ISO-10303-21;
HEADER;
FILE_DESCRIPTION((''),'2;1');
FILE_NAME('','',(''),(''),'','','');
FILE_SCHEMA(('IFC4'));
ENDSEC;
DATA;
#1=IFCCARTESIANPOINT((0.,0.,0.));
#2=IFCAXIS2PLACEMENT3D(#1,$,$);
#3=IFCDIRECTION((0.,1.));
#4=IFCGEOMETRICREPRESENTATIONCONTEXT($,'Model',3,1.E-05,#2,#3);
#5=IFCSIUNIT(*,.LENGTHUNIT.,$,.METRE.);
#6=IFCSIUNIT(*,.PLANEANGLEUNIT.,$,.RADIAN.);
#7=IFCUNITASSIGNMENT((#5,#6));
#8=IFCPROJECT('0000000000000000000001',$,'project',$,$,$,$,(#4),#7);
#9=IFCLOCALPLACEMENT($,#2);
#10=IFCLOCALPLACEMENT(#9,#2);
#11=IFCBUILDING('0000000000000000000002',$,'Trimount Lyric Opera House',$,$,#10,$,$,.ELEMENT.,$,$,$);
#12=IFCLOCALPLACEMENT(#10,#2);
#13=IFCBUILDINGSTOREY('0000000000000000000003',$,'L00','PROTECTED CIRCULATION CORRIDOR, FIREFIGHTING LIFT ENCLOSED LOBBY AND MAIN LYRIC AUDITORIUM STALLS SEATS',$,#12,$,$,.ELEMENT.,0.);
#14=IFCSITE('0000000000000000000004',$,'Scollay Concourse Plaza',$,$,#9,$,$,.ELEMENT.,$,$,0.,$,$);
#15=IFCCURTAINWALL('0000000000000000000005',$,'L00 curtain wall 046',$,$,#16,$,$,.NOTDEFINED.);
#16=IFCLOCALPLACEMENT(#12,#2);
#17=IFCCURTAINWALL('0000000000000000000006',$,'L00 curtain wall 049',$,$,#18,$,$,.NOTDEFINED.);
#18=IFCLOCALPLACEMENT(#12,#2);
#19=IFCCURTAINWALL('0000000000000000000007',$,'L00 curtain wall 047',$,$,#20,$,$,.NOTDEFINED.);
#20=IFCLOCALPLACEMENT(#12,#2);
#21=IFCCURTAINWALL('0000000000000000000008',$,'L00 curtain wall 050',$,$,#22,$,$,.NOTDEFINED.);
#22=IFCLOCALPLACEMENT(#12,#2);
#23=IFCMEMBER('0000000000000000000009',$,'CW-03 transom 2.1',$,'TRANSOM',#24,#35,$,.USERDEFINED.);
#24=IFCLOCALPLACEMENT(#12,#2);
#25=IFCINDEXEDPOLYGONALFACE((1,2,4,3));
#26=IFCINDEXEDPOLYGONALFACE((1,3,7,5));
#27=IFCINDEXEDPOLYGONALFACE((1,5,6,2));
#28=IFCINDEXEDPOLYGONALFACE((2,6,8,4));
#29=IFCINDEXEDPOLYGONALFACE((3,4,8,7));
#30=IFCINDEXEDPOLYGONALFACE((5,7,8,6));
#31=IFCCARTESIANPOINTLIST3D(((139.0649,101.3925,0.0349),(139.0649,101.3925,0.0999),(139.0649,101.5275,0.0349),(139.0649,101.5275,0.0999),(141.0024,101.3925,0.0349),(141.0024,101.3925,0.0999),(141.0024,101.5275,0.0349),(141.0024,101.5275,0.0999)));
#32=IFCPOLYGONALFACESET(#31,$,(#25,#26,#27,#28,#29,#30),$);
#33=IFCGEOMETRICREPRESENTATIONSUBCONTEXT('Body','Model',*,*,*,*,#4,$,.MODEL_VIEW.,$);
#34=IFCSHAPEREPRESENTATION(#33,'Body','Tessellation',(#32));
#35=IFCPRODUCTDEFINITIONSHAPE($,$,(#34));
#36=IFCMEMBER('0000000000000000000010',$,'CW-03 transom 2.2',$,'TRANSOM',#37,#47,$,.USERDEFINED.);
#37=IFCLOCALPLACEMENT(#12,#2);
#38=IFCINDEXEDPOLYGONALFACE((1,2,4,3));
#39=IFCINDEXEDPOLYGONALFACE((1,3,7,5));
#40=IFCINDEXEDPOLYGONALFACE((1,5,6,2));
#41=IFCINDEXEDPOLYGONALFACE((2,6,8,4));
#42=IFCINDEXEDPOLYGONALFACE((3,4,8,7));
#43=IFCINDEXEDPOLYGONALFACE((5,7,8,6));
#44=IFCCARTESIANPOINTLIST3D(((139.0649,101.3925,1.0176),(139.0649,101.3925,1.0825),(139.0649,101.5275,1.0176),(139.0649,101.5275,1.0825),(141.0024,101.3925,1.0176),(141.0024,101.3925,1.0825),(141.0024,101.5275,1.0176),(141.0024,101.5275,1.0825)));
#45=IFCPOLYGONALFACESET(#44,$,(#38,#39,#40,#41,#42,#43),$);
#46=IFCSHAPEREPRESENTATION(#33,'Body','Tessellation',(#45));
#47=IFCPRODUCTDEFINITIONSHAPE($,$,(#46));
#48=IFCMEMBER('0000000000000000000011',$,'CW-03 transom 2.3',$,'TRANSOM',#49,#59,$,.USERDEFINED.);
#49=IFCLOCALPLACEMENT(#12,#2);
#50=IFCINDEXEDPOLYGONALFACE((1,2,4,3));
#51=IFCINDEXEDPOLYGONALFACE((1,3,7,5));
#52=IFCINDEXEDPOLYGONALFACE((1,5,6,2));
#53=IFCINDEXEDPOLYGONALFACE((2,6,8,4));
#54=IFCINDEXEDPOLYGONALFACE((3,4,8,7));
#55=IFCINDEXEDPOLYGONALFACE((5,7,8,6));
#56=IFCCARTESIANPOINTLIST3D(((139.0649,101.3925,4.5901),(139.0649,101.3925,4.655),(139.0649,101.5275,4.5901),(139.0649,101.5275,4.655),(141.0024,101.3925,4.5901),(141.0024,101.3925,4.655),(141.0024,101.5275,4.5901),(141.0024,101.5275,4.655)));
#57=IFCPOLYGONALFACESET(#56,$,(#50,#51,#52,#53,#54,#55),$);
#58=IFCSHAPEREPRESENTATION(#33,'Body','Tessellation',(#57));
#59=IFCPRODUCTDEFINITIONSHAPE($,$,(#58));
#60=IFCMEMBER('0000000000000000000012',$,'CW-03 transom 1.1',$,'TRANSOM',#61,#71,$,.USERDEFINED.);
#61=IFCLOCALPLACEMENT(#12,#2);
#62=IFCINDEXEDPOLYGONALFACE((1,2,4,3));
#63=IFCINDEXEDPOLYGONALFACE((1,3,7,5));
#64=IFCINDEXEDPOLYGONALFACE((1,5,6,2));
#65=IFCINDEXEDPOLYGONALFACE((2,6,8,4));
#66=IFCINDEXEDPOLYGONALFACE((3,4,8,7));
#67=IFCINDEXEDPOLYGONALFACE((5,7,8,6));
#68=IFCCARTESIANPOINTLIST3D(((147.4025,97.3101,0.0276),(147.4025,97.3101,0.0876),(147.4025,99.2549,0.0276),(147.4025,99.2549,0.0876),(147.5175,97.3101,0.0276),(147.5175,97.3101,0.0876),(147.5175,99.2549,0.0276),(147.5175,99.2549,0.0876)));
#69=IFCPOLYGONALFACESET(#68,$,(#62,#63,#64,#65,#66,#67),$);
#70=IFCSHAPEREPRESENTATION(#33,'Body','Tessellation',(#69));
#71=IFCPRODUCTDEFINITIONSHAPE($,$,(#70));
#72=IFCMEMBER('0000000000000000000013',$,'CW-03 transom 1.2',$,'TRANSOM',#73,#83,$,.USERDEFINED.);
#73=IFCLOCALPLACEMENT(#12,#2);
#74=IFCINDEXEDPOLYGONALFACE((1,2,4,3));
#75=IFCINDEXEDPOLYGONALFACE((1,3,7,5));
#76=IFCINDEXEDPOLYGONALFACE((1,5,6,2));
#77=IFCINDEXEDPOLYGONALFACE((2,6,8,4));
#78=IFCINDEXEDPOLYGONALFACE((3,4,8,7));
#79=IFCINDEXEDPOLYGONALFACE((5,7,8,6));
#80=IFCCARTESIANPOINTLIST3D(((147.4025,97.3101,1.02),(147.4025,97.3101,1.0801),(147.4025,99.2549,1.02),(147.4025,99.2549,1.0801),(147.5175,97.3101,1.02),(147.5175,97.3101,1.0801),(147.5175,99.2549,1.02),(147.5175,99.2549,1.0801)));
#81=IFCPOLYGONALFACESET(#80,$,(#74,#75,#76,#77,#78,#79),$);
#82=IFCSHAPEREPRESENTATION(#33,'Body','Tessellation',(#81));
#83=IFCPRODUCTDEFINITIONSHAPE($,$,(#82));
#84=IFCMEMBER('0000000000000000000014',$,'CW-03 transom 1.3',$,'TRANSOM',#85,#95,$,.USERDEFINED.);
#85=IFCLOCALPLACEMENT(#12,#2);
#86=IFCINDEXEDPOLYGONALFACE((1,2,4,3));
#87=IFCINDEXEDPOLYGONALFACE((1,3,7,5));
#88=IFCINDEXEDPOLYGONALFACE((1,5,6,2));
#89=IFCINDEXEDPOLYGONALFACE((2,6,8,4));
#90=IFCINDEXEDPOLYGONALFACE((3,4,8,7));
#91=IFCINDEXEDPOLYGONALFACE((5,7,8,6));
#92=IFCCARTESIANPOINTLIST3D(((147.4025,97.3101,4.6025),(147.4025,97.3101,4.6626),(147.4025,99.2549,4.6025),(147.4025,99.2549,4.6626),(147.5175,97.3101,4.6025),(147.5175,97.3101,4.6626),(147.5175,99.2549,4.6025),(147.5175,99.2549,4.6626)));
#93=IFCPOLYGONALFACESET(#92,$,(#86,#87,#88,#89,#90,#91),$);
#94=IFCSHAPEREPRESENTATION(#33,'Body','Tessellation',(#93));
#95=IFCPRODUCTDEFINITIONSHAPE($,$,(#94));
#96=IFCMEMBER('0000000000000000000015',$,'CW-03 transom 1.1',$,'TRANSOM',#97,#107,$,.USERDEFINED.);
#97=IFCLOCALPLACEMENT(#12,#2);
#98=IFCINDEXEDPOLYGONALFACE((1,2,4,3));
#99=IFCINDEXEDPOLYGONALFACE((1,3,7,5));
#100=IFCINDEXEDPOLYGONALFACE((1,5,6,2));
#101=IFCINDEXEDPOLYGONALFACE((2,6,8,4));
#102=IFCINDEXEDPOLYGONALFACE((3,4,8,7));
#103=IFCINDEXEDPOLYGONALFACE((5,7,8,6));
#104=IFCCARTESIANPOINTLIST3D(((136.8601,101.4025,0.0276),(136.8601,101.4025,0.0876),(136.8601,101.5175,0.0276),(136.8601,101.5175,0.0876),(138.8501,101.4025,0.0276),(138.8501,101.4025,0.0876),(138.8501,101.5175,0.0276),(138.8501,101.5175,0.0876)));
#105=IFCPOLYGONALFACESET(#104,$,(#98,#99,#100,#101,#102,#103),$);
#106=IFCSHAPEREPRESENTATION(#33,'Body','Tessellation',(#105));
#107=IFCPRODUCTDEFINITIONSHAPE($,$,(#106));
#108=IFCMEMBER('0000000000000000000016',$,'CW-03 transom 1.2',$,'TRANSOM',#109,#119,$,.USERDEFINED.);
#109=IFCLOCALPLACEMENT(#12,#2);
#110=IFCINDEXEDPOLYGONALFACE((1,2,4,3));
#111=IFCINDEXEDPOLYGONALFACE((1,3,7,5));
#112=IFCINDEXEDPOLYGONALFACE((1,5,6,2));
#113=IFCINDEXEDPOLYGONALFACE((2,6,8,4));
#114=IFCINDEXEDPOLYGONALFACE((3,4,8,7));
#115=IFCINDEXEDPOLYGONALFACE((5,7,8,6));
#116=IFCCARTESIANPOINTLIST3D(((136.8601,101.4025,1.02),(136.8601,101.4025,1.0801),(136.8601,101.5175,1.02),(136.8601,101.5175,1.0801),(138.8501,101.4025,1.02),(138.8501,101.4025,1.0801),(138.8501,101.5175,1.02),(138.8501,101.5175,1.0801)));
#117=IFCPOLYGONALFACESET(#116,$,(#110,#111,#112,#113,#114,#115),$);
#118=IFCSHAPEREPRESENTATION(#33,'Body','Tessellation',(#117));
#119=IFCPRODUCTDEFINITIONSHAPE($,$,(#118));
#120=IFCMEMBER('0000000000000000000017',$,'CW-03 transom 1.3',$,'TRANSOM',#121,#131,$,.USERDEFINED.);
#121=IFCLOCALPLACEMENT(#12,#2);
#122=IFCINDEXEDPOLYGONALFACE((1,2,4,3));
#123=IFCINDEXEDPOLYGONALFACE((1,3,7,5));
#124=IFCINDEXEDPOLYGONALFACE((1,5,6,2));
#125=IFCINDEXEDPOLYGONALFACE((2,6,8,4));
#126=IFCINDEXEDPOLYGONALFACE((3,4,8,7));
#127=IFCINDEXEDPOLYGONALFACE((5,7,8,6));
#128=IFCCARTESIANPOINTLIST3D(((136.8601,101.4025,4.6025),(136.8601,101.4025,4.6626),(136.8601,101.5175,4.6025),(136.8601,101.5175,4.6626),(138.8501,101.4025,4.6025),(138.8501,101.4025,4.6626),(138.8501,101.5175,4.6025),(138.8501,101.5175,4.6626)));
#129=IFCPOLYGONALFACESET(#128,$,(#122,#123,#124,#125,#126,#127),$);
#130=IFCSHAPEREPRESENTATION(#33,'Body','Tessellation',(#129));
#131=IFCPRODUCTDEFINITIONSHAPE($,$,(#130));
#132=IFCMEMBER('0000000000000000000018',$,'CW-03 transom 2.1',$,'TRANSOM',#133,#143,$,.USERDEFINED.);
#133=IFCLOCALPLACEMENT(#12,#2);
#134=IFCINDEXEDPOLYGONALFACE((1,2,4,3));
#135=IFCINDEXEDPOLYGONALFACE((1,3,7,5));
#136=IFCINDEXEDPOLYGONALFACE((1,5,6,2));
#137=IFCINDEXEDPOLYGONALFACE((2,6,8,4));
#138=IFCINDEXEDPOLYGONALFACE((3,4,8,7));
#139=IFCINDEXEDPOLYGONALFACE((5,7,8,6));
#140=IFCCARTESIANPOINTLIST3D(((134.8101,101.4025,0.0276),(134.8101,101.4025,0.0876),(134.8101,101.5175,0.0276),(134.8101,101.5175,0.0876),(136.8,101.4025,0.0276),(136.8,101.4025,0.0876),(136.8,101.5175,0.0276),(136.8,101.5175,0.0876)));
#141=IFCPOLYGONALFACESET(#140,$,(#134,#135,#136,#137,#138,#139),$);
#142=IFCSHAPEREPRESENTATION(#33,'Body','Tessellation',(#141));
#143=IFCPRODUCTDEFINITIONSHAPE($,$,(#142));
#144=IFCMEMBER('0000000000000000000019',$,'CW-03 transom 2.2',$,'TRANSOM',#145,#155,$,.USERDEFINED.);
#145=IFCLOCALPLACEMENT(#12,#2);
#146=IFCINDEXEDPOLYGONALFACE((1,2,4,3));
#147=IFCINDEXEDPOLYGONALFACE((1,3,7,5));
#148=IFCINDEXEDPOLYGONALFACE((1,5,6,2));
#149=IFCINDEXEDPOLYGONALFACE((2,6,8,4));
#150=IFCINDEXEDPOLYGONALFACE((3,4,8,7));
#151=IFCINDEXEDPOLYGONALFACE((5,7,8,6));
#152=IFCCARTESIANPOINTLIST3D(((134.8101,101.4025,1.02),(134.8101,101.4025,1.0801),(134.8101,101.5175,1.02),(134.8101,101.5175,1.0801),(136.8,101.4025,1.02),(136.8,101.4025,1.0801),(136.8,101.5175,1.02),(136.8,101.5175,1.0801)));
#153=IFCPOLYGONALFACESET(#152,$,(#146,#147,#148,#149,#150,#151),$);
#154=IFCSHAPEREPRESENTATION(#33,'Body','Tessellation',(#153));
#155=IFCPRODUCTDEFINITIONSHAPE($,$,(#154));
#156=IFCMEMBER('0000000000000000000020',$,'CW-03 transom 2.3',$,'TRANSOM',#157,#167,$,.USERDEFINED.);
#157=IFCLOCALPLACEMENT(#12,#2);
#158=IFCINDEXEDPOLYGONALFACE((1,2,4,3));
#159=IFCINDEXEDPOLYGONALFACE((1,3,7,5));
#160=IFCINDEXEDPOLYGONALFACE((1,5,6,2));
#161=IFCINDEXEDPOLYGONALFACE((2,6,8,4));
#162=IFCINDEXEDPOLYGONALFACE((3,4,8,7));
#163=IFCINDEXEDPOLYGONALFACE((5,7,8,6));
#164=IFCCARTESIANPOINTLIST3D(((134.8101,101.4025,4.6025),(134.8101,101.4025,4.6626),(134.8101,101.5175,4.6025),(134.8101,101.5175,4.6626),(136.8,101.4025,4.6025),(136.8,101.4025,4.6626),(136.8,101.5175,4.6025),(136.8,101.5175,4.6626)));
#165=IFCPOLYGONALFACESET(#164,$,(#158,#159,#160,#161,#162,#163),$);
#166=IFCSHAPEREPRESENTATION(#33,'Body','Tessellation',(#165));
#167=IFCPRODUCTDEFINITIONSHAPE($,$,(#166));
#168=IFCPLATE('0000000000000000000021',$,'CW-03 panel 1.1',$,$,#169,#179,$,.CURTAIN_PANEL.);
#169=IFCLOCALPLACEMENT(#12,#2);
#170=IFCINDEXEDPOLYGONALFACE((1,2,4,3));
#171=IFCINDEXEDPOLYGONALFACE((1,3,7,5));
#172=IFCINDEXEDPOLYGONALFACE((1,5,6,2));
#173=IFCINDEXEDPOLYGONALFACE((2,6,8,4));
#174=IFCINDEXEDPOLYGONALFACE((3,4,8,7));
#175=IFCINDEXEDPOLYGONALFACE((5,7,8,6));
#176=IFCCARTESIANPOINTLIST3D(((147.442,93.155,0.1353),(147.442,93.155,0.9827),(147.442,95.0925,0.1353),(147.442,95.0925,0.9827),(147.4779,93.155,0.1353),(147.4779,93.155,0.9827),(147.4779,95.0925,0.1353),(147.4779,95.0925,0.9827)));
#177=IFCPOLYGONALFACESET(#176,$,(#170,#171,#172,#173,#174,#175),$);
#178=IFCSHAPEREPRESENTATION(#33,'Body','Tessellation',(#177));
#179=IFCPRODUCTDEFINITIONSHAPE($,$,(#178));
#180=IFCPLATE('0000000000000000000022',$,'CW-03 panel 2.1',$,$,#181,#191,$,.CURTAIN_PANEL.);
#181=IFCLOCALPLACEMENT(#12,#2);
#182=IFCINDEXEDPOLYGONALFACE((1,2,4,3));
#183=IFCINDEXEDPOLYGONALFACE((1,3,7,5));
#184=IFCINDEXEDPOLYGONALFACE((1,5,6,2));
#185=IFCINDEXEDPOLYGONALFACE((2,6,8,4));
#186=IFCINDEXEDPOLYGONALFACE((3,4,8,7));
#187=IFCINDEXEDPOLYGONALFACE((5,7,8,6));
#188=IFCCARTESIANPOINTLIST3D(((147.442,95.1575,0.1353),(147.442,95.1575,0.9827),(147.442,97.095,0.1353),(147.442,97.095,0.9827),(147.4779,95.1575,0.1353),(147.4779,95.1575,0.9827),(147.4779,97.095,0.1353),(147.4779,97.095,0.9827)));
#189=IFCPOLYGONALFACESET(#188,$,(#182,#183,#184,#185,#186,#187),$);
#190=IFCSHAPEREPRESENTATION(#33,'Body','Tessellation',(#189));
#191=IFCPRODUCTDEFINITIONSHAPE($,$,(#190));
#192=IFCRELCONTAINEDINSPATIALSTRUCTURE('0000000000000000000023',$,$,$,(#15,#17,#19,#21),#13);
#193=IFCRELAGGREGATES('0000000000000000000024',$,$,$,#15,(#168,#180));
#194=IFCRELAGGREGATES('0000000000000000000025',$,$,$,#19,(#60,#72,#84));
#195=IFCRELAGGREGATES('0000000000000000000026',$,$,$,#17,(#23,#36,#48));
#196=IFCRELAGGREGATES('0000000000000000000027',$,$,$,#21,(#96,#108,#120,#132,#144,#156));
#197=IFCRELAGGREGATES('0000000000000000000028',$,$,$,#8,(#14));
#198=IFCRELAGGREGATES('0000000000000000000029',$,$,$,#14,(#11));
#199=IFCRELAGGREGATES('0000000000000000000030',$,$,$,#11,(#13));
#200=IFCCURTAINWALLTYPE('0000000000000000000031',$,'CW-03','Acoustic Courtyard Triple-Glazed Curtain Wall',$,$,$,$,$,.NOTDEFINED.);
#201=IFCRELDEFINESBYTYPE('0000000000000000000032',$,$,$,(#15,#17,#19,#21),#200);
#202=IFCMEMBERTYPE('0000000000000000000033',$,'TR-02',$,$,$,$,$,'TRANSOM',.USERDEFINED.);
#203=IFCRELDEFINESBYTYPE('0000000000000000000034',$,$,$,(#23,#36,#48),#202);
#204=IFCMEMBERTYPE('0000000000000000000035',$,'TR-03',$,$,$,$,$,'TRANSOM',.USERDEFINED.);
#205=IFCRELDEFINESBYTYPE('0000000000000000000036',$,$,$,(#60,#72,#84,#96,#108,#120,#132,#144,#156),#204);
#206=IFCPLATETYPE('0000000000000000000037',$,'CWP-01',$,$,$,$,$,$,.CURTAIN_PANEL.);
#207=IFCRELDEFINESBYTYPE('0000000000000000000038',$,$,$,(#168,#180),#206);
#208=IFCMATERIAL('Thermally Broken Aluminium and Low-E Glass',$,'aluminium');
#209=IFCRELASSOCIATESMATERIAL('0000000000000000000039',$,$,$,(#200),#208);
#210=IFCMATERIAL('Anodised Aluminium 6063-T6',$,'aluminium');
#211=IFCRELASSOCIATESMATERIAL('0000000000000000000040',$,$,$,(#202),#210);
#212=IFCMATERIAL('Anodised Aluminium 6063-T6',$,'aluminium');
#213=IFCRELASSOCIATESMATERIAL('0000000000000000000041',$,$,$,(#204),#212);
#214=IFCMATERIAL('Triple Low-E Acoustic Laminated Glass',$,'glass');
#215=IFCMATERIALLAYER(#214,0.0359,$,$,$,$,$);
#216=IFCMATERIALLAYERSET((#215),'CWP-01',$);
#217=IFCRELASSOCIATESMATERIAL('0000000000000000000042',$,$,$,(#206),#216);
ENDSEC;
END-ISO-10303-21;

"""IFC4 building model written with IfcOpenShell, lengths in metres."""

from ifc_helpers import new_model, si_unit, direction, frame, origin, origin_2d, place, context, subcontext, project, spatial, rectangle, extrude, material, layer, layer_set, material_profile, profile_set, type_object, element, aggregate, save


model = new_model("IFC4")

# Units and contexts
model_context = context("Model", 3, precision=1e-05, world=origin(), true_north=direction((0.0, 1.0)))
body_context = subcontext(model_context, "Body", "Model", "MODEL_VIEW")
ifc_project = project(units=[si_unit("LENGTHUNIT", "METRE"), si_unit("PLANEANGLEUNIT", "RADIAN")], contexts=[model_context])

# Site, building, storey
site_placement = place(None, origin())
site = spatial("IfcSite", under=ifc_project, at=site_placement, Name="Scollay Concourse Plaza", CompositionType="ELEMENT", RefElevation=0.0)
building_placement = place(site_placement, origin())
building = spatial("IfcBuilding", under=site, at=building_placement, Name="Trimount Lyric Opera House", CompositionType="ELEMENT")
storey_placement = place(building_placement, origin())
storey = spatial("IfcBuildingStorey", under=building, at=storey_placement, Name="L00", Description="PROTECTED CIRCULATION CORRIDOR, FIREFIGHTING LIFT ENCLOSED LOBBY AND MAIN LYRIC AUDITORIUM STALLS SEATS", CompositionType="ELEMENT", Elevation=0.0)

# Shared definitions
ifc_material_1 = material(Name="Thermally Broken Aluminium and Low-E Glass", Category="aluminium")
curtain_wall_type = type_object("IfcCurtainWallType", Name="CW-03", Description="Acoustic Courtyard Triple-Glazed Curtain Wall", PredefinedType="NOTDEFINED", material=ifc_material_1)

# Curtain walls
curtain_wall_1_placement = place(storey_placement, origin())
curtain_wall_1 = element("IfcCurtainWall", 1, at=curtain_wall_1_placement, inside=storey, type_object=curtain_wall_type, Name="L00 curtain wall 046", PredefinedType="NOTDEFINED")
curtain_wall_2_placement = place(storey_placement, origin())
curtain_wall_2 = element("IfcCurtainWall", 2, at=curtain_wall_2_placement, inside=storey, type_object=curtain_wall_type, Name="L00 curtain wall 049", PredefinedType="NOTDEFINED")

# Curtain wall
curtain_wall_3_placement = place(storey_placement, origin())
curtain_wall_3 = element("IfcCurtainWall", 3, at=curtain_wall_3_placement, inside=storey, type_object=curtain_wall_type, Name="L00 curtain wall 047", PredefinedType="NOTDEFINED")

# Curtain wall
curtain_wall_4_placement = place(storey_placement, origin())
curtain_wall_4 = element("IfcCurtainWall", 4, at=curtain_wall_4_placement, inside=storey, type_object=curtain_wall_type, Name="L00 curtain wall 050", PredefinedType="NOTDEFINED")

# Members
ifc_material_2 = material(Name="Anodised Aluminium 6063-T6", Category="aluminium")
ifc_material_profile_1 = material_profile(ifc_material_2, rectangle(XDim=0.135, YDim=0.0649, at=origin_2d()), Name="ALU-TRAN-65X135")
ifc_profile_set_1 = profile_set([ifc_material_profile_1], Name="Anodised Aluminium 6063-T6")
member_type_1 = type_object("IfcMemberType", Name="TR-02", ElementType="TRANSOM", PredefinedType="USERDEFINED", material=ifc_profile_set_1)
member_1_placement = place(storey_placement, frame((141.0024, 101.46, 0.0674), z_axis=(-1.0, 0.0, 0.0), x_axis=(0.0, -1.0, 0.0)))
member_1 = element("IfcMember", 5, at=member_1_placement, type_object=member_type_1, Name="CW-03 transom 2.1", ObjectType="TRANSOM", PredefinedType="USERDEFINED", context=body_context, shape_type="SweptSolid", body=[
    extrude(rectangle(XDim=0.135, YDim=0.0649, at=origin_2d()), origin(), (0.0, 0.0, 1.0), 1.9375),
])
member_2_placement = place(storey_placement, frame((141.0024, 101.46, 1.05), z_axis=(-1.0, 0.0, 0.0), x_axis=(0.0, -1.0, 0.0)))
member_2 = element("IfcMember", 6, at=member_2_placement, type_object=member_type_1, Name="CW-03 transom 2.2", ObjectType="TRANSOM", PredefinedType="USERDEFINED", context=body_context, shape_type="SweptSolid", body=[
    extrude(rectangle(XDim=0.135, YDim=0.0649, at=origin_2d()), origin(), (0.0, 0.0, 1.0), 1.9375),
])
member_3_placement = place(storey_placement, frame((141.0024, 101.46, 4.6226), z_axis=(-1.0, 0.0, 0.0), x_axis=(0.0, -1.0, 0.0)))
member_3 = element("IfcMember", 7, at=member_3_placement, type_object=member_type_1, Name="CW-03 transom 2.3", ObjectType="TRANSOM", PredefinedType="USERDEFINED", context=body_context, shape_type="SweptSolid", body=[
    extrude(rectangle(XDim=0.135, YDim=0.0649, at=origin_2d()), origin(), (0.0, 0.0, 1.0), 1.9375),
])
ifc_material_3 = material(Name="Anodised Aluminium 6063-T6", Category="aluminium")
ifc_material_profile_2 = material_profile(ifc_material_3, rectangle(XDim=0.115, YDim=0.0601, at=origin_2d()), Name="ALU-TRAN-60X115")
ifc_profile_set_2 = profile_set([ifc_material_profile_2], Name="Anodised Aluminium 6063-T6")
member_type_2 = type_object("IfcMemberType", Name="TR-03", ElementType="TRANSOM", PredefinedType="USERDEFINED", material=ifc_profile_set_2)
member_4_placement = place(storey_placement, frame((147.46, 97.3101, 0.0576), z_axis=(0.0, 1.0, 0.0), x_axis=(-1.0, 0.0, 0.0)))
member_4 = element("IfcMember", 8, at=member_4_placement, type_object=member_type_2, Name="CW-03 transom 1.1", ObjectType="TRANSOM", PredefinedType="USERDEFINED", context=body_context, shape_type="SweptSolid", body=[
    extrude(rectangle(XDim=0.115, YDim=0.0601, at=origin_2d()), origin(), (0.0, 0.0, 1.0), 1.9448),
])
member_5_placement = place(storey_placement, frame((147.46, 97.3101, 1.05), z_axis=(0.0, 1.0, 0.0), x_axis=(-1.0, 0.0, 0.0)))
member_5 = element("IfcMember", 9, at=member_5_placement, type_object=member_type_2, Name="CW-03 transom 1.2", ObjectType="TRANSOM", PredefinedType="USERDEFINED", context=body_context, shape_type="SweptSolid", body=[
    extrude(rectangle(XDim=0.115, YDim=0.0601, at=origin_2d()), origin(), (0.0, 0.0, 1.0), 1.9448),
])
member_6_placement = place(storey_placement, frame((147.46, 97.3101, 4.6326), z_axis=(0.0, 1.0, 0.0), x_axis=(-1.0, 0.0, 0.0)))
member_6 = element("IfcMember", 10, at=member_6_placement, type_object=member_type_2, Name="CW-03 transom 1.3", ObjectType="TRANSOM", PredefinedType="USERDEFINED", context=body_context, shape_type="SweptSolid", body=[
    extrude(rectangle(XDim=0.115, YDim=0.0601, at=origin_2d()), origin(), (0.0, 0.0, 1.0), 1.9448),
])
member_7_placement = place(storey_placement, frame((138.8501, 101.46, 0.0576), z_axis=(-1.0, 0.0, 0.0), x_axis=(0.0, -1.0, 0.0)))
member_7 = element("IfcMember", 11, at=member_7_placement, type_object=member_type_2, Name="CW-03 transom 1.1", ObjectType="TRANSOM", PredefinedType="USERDEFINED", context=body_context, shape_type="SweptSolid", body=[
    extrude(rectangle(XDim=0.115, YDim=0.0601, at=origin_2d()), origin(), (0.0, 0.0, 1.0), 1.99),
])
member_8_placement = place(storey_placement, frame((138.8501, 101.46, 1.05), z_axis=(-1.0, 0.0, 0.0), x_axis=(0.0, -1.0, 0.0)))
member_8 = element("IfcMember", 12, at=member_8_placement, type_object=member_type_2, Name="CW-03 transom 1.2", ObjectType="TRANSOM", PredefinedType="USERDEFINED", context=body_context, shape_type="SweptSolid", body=[
    extrude(rectangle(XDim=0.115, YDim=0.0601, at=origin_2d()), origin(), (0.0, 0.0, 1.0), 1.99),
])
member_9_placement = place(storey_placement, frame((138.8501, 101.46, 4.6326), z_axis=(-1.0, 0.0, 0.0), x_axis=(0.0, -1.0, 0.0)))
member_9 = element("IfcMember", 13, at=member_9_placement, type_object=member_type_2, Name="CW-03 transom 1.3", ObjectType="TRANSOM", PredefinedType="USERDEFINED", context=body_context, shape_type="SweptSolid", body=[
    extrude(rectangle(XDim=0.115, YDim=0.0601, at=origin_2d()), origin(), (0.0, 0.0, 1.0), 1.99),
])
member_10_placement = place(storey_placement, frame((136.8, 101.46, 0.0576), z_axis=(-1.0, 0.0, 0.0), x_axis=(0.0, -1.0, 0.0)))
member_10 = element("IfcMember", 14, at=member_10_placement, type_object=member_type_2, Name="CW-03 transom 2.1", ObjectType="TRANSOM", PredefinedType="USERDEFINED", context=body_context, shape_type="SweptSolid", body=[
    extrude(rectangle(XDim=0.115, YDim=0.0601, at=origin_2d()), origin(), (0.0, 0.0, 1.0), 1.99),
])
member_11_placement = place(storey_placement, frame((136.8, 101.46, 1.05), z_axis=(-1.0, 0.0, 0.0), x_axis=(0.0, -1.0, 0.0)))
member_11 = element("IfcMember", 15, at=member_11_placement, type_object=member_type_2, Name="CW-03 transom 2.2", ObjectType="TRANSOM", PredefinedType="USERDEFINED", context=body_context, shape_type="SweptSolid", body=[
    extrude(rectangle(XDim=0.115, YDim=0.0601, at=origin_2d()), origin(), (0.0, 0.0, 1.0), 1.99),
])
member_12_placement = place(storey_placement, frame((136.8, 101.46, 4.6326), z_axis=(-1.0, 0.0, 0.0), x_axis=(0.0, -1.0, 0.0)))
member_12 = element("IfcMember", 16, at=member_12_placement, type_object=member_type_2, Name="CW-03 transom 2.3", ObjectType="TRANSOM", PredefinedType="USERDEFINED", context=body_context, shape_type="SweptSolid", body=[
    extrude(rectangle(XDim=0.115, YDim=0.0601, at=origin_2d()), origin(), (0.0, 0.0, 1.0), 1.99),
])

# Plates
ifc_material_4 = material(Name="Triple Low-E Acoustic Laminated Glass", Category="glass")
ifc_layer_1 = layer(ifc_material_4, 0.0359)
ifc_layer_set_1 = layer_set([ifc_layer_1], Name="CWP-01")
plate_type_1 = type_object("IfcPlateType", Name="CWP-01", PredefinedType="CURTAIN_PANEL", material=ifc_layer_set_1)
plate_1_placement = place(storey_placement, frame((147.46, 94.1238, 0.1353), z_axis=(0.0, 0.0, 1.0), x_axis=(0.0, 1.0, 0.0)))
plate_1 = element("IfcPlate", 17, at=plate_1_placement, type_object=plate_type_1, Name="CW-03 panel 1.1", PredefinedType="CURTAIN_PANEL", context=body_context, shape_type="SweptSolid", body=[
    extrude(rectangle(XDim=1.9375, YDim=0.0359, at=origin_2d()), origin(), (0.0, 0.0, 1.0), 0.8474),
])
plate_2_placement = place(storey_placement, frame((147.46, 96.1262, 0.1353), z_axis=(0.0, 0.0, 1.0), x_axis=(0.0, 1.0, 0.0)))
plate_2 = element("IfcPlate", 18, at=plate_2_placement, type_object=plate_type_1, Name="CW-03 panel 2.1", PredefinedType="CURTAIN_PANEL", context=body_context, shape_type="SweptSolid", body=[
    extrude(rectangle(XDim=1.9375, YDim=0.0359, at=origin_2d()), origin(), (0.0, 0.0, 1.0), 0.8474),
])
aggregate(curtain_wall_1, [plate_1, plate_2])
aggregate(curtain_wall_3, [member_4, member_5, member_6])
aggregate(curtain_wall_2, [member_1, member_2, member_3])
aggregate(curtain_wall_4, [member_7, member_8, member_9, member_10, member_11, member_12])

save(model, "model.ifc")
